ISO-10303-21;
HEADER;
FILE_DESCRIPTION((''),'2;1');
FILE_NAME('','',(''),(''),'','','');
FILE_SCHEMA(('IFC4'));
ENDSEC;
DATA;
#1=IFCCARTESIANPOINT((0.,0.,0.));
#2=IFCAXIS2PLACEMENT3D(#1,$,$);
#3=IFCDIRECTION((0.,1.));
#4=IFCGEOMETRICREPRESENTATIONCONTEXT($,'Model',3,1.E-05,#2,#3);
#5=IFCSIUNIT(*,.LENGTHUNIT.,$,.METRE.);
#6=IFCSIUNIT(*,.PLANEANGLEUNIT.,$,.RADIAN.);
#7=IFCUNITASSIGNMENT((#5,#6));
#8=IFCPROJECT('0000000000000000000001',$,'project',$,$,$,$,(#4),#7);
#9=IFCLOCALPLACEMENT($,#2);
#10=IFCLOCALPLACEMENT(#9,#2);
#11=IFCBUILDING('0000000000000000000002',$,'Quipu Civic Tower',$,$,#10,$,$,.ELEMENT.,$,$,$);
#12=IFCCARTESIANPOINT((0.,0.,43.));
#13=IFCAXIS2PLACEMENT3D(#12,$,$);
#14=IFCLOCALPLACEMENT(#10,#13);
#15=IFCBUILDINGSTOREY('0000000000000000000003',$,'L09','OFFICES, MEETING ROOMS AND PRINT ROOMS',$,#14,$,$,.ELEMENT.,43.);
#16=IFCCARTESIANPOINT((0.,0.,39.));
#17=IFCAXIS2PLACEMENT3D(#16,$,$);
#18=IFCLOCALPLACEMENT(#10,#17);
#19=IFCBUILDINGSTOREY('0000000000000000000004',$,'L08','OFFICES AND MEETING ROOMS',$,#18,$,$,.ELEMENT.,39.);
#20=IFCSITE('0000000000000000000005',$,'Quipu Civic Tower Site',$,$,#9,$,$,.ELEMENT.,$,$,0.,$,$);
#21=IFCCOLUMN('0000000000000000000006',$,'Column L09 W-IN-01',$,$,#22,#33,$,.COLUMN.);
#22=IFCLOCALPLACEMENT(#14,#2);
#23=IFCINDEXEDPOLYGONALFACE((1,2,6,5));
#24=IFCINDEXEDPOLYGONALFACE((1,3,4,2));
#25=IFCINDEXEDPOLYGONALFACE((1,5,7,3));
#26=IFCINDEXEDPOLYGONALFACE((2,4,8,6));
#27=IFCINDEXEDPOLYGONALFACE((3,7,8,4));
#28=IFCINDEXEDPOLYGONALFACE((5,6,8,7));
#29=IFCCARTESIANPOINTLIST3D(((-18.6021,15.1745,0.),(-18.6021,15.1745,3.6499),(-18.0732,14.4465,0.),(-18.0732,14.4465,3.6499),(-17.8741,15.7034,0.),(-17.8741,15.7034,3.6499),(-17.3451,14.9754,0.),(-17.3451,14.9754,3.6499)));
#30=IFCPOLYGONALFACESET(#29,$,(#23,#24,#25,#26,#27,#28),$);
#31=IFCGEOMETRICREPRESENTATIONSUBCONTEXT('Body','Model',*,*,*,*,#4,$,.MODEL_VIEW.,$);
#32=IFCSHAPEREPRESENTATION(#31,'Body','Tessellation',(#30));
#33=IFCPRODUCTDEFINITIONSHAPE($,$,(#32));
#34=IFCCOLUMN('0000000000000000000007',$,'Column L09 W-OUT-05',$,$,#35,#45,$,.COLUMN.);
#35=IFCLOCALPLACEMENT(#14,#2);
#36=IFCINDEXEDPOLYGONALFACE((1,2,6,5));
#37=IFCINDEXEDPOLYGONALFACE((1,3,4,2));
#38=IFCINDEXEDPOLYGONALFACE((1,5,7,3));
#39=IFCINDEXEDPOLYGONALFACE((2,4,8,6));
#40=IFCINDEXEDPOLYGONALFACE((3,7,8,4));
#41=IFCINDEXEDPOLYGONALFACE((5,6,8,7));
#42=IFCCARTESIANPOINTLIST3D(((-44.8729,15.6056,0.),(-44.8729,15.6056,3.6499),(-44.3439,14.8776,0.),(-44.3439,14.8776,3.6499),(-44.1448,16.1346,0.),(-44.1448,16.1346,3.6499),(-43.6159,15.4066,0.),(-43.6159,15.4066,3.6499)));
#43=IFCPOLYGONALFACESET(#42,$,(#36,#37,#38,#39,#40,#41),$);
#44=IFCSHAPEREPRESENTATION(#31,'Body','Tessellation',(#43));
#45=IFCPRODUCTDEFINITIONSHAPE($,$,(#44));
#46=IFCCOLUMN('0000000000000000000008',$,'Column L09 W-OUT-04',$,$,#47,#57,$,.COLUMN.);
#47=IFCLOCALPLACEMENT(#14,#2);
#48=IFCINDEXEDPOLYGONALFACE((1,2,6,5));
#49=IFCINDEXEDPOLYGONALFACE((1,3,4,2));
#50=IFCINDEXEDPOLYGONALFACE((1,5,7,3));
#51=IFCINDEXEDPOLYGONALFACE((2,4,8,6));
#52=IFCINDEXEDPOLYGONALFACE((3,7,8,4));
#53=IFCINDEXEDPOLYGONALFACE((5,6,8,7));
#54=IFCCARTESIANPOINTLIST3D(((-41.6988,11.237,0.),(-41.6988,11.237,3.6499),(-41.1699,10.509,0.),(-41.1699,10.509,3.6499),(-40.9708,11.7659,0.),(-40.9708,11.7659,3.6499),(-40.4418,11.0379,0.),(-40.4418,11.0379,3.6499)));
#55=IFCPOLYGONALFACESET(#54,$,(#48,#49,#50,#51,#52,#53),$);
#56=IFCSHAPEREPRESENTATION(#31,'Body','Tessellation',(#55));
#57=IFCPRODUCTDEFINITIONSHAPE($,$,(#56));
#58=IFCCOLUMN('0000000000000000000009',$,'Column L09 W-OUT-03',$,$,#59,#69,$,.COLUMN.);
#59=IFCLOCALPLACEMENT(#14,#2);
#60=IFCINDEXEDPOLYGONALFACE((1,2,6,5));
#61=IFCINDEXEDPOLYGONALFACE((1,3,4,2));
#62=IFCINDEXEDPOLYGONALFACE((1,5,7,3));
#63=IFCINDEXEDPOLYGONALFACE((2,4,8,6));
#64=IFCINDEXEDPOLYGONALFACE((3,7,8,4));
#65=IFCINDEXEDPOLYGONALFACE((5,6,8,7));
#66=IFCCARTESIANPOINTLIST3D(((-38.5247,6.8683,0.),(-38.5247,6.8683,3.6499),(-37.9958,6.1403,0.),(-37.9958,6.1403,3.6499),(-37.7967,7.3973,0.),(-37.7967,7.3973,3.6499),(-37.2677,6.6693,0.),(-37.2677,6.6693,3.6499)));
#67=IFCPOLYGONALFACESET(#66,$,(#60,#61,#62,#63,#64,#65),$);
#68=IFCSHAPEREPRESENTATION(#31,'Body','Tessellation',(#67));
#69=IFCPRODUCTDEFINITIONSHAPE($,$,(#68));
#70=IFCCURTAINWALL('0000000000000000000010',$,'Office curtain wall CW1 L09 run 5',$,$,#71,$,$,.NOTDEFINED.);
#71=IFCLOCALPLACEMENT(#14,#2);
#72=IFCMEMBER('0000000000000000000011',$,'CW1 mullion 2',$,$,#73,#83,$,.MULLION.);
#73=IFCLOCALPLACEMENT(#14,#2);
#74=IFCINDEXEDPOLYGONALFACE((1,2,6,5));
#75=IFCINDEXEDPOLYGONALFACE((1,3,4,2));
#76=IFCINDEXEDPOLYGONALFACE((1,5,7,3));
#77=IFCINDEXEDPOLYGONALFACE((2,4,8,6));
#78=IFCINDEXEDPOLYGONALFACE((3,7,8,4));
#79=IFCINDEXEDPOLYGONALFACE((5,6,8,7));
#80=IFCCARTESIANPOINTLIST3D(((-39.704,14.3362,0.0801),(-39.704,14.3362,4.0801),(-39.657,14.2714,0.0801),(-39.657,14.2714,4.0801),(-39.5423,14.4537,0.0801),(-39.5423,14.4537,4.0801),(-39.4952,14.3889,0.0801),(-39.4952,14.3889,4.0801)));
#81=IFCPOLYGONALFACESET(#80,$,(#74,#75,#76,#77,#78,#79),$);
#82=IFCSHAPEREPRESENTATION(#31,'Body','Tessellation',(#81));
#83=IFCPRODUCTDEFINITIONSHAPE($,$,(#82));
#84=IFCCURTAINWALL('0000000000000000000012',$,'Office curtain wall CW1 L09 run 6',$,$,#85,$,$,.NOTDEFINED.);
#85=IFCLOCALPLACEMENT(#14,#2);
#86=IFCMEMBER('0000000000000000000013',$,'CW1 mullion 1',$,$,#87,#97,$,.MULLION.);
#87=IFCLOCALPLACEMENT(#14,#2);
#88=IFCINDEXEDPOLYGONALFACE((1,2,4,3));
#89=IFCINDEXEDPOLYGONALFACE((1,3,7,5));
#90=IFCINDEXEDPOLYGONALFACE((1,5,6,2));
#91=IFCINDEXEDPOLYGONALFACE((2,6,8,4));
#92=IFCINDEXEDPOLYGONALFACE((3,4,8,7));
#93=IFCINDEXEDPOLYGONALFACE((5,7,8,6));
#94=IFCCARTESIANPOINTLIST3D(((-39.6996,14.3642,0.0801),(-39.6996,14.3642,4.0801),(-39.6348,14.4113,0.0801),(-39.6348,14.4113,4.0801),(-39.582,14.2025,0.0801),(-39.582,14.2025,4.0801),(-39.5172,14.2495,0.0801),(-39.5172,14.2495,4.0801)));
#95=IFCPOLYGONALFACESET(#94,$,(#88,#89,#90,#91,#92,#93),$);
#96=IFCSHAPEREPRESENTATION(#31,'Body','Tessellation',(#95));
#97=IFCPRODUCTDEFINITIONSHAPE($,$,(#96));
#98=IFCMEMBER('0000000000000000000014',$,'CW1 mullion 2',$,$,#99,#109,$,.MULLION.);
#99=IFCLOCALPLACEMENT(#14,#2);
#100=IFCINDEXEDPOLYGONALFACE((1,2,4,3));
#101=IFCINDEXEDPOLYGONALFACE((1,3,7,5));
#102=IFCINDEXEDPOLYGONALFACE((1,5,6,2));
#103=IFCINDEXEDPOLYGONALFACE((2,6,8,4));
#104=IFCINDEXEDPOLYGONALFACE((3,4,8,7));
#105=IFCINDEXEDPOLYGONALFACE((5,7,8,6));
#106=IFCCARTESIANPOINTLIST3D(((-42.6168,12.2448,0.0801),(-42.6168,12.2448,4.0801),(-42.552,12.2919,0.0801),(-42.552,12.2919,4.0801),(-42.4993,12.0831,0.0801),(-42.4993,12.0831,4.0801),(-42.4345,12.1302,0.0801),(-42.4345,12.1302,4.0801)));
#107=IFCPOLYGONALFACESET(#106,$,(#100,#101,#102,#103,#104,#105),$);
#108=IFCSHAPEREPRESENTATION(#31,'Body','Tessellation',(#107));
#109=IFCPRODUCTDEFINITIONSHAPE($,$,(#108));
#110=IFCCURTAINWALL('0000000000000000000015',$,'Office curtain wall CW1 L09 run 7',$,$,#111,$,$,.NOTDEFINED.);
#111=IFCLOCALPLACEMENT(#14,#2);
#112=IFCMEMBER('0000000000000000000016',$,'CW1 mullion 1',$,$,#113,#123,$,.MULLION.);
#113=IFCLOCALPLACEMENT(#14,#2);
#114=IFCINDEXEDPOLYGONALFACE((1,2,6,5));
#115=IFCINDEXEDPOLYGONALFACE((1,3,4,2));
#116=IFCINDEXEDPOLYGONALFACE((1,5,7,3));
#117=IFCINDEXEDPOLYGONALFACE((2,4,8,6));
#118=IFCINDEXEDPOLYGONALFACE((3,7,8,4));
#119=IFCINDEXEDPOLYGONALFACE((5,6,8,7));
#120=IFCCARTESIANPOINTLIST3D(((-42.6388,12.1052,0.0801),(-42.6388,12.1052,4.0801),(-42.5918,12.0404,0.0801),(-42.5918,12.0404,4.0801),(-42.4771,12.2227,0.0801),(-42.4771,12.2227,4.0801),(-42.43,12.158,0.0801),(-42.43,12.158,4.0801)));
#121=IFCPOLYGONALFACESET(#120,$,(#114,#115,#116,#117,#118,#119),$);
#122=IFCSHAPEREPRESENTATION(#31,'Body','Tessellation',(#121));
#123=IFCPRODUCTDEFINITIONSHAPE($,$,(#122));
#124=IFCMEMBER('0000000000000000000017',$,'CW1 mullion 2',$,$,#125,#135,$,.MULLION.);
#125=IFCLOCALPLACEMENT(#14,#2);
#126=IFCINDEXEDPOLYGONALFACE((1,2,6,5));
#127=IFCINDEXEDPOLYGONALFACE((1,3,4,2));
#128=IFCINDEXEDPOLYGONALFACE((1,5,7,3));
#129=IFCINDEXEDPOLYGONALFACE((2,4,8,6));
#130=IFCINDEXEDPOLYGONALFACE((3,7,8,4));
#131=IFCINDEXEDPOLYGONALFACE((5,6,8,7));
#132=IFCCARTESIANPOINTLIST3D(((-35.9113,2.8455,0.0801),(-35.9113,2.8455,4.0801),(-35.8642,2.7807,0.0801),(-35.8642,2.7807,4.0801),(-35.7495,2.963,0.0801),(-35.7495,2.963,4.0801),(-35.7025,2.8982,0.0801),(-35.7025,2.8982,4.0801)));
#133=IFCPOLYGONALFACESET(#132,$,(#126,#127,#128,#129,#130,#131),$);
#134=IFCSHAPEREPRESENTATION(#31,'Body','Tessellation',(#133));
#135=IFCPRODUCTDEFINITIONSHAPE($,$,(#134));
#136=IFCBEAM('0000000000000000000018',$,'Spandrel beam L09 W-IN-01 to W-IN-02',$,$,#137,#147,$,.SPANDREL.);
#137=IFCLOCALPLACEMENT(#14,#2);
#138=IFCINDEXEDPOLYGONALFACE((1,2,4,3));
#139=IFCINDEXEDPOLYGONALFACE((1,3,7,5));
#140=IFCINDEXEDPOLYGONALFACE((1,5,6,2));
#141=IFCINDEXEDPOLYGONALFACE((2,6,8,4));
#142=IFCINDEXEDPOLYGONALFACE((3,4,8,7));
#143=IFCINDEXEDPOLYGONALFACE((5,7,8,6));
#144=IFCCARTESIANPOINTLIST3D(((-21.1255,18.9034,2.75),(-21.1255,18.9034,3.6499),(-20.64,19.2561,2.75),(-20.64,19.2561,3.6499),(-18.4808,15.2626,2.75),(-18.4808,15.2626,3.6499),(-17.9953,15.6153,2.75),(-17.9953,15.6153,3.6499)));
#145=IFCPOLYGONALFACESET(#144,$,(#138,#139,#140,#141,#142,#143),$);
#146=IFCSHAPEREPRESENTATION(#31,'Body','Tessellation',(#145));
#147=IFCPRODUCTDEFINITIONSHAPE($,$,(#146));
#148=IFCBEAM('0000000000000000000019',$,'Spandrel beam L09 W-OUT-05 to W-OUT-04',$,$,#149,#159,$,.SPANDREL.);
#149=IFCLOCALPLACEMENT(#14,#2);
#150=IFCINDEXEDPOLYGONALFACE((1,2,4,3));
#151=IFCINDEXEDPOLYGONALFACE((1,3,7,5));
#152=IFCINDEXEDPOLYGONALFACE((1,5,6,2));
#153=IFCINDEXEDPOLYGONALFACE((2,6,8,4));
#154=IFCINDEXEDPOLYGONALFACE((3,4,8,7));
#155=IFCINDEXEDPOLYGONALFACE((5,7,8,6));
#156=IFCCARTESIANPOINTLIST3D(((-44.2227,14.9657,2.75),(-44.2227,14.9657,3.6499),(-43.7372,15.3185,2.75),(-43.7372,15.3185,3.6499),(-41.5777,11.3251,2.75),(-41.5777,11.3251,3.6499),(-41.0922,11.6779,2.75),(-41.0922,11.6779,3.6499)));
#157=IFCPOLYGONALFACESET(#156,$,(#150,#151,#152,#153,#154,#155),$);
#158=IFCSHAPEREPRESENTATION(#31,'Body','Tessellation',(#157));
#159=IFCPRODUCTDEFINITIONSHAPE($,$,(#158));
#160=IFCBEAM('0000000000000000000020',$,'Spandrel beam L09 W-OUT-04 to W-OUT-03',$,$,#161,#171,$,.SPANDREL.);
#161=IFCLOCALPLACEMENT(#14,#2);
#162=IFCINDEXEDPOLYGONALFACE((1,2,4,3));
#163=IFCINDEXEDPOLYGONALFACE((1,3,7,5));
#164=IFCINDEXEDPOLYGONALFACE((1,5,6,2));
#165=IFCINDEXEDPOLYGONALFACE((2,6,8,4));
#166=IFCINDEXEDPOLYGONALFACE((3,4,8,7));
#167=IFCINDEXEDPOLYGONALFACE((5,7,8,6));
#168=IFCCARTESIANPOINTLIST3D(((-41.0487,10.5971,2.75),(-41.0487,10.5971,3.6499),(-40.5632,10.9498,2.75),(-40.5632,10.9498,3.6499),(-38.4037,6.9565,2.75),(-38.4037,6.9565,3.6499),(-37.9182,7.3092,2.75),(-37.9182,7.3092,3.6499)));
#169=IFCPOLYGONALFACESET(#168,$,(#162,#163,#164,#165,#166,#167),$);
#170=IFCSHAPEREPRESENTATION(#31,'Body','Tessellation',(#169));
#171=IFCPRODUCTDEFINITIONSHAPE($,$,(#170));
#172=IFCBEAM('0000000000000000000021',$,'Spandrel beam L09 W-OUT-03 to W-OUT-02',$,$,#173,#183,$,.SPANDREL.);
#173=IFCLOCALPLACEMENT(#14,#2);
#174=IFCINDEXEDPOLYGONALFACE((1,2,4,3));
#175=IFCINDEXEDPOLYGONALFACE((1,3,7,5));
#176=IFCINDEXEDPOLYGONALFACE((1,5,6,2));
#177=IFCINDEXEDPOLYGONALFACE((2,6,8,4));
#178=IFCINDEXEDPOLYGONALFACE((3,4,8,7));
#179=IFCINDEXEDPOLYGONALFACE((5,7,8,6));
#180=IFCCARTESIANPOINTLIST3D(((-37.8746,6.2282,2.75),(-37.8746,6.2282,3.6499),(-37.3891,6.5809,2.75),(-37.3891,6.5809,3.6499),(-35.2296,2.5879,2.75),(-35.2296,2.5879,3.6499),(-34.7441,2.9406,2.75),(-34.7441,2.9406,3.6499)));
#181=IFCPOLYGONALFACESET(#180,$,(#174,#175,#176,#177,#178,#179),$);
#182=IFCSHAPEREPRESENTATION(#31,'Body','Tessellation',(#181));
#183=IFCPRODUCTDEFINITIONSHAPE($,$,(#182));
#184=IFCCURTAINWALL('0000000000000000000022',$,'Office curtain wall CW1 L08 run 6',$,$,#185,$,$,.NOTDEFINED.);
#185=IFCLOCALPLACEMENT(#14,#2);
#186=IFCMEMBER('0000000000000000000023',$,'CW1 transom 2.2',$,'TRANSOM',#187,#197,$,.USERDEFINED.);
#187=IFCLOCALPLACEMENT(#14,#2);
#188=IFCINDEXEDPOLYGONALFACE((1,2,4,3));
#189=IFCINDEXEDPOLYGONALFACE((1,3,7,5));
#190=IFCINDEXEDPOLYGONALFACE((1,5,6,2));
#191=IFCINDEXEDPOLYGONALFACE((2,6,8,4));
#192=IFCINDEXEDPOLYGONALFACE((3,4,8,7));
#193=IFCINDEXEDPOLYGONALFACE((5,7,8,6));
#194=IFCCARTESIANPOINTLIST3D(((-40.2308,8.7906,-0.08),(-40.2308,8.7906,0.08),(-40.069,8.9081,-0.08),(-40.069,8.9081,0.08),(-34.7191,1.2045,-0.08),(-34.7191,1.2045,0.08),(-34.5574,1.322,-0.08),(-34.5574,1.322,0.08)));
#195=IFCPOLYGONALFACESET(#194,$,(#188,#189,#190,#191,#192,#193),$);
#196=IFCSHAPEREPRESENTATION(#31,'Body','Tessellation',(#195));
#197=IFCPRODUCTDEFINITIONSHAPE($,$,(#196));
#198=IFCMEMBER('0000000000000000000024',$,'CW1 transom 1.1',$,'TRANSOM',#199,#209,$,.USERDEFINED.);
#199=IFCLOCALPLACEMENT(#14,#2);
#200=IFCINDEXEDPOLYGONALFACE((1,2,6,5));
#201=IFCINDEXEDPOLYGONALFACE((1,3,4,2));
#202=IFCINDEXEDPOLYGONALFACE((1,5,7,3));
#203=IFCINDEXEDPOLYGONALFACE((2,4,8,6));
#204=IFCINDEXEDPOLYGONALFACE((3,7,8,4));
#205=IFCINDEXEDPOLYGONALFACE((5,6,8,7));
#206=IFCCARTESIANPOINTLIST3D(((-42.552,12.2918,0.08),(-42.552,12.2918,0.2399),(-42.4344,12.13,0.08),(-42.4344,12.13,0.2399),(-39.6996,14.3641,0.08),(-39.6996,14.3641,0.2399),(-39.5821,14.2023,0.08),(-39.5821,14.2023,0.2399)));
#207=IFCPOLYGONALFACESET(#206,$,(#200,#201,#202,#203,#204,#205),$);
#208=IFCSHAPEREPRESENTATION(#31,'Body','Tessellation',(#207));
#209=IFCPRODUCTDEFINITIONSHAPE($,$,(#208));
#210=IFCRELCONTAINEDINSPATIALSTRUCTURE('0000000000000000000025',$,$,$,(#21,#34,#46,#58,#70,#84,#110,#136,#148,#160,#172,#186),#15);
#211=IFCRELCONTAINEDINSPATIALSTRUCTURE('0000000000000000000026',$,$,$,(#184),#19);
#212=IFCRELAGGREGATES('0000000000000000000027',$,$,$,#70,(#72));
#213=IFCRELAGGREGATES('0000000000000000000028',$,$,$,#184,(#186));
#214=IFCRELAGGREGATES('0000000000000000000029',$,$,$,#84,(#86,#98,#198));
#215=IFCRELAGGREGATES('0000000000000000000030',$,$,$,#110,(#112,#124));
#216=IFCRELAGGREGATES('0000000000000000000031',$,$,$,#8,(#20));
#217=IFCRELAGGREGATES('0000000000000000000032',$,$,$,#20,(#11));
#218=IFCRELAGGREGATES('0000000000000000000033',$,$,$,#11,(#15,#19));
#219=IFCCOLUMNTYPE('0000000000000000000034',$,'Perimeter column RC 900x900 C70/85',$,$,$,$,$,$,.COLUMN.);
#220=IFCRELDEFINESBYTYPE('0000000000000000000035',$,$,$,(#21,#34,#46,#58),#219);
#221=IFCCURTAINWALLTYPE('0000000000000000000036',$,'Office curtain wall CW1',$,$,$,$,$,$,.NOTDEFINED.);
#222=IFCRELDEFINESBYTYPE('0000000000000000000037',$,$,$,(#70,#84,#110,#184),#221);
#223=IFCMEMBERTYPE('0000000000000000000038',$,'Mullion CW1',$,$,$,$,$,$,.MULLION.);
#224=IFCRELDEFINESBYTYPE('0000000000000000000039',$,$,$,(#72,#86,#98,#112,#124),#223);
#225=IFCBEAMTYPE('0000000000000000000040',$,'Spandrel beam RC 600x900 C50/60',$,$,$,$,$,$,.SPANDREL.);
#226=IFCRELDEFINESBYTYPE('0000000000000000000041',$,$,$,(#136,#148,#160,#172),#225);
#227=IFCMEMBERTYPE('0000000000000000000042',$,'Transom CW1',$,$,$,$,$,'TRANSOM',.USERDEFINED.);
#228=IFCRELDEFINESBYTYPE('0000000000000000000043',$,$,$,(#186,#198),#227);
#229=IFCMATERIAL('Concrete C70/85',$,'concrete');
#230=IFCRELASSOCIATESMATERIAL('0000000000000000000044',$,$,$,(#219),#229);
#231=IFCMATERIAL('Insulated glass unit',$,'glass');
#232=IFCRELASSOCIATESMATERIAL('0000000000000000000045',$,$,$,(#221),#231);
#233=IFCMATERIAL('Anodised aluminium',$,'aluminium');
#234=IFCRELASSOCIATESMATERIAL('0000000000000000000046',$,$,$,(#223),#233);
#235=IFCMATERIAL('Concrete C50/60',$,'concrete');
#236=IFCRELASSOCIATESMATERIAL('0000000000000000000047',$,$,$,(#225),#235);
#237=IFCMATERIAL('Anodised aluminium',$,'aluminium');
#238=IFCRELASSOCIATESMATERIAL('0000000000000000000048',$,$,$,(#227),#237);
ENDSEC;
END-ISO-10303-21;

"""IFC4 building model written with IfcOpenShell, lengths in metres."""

from ifc_helpers import new_model, si_unit, direction, frame, origin, origin_2d, place, context, subcontext, project, spatial, rectangle, extrude, material, material_profile, profile_set, type_object, element, aggregate, save


model = new_model("IFC4")

# Units and contexts
model_context = context("Model", 3, precision=1e-05, world=origin(), true_north=direction((0.0, 1.0)))
body_context = subcontext(model_context, "Body", "Model", "MODEL_VIEW")
ifc_project = project(units=[si_unit("LENGTHUNIT", "METRE"), si_unit("PLANEANGLEUNIT", "RADIAN")], contexts=[model_context])

# Site, building, storey
site_placement = place(None, origin())
site = spatial("IfcSite", under=ifc_project, at=site_placement, Name="Quipu Civic Tower Site", CompositionType="ELEMENT", RefElevation=0.0)
building_placement = place(site_placement, origin())
building = spatial("IfcBuilding", under=site, at=building_placement, Name="Quipu Civic Tower", CompositionType="ELEMENT")
storey_1_placement = place(building_placement, frame((0.0, 0.0, 43.0)))
storey_1 = spatial("IfcBuildingStorey", under=building, at=storey_1_placement, Name="L09", Description="OFFICES, MEETING ROOMS AND PRINT ROOMS", CompositionType="ELEMENT", Elevation=43.0)

# Columns
ifc_material_1 = material(Name="Concrete C70/85", Category="concrete")
ifc_material_profile_1 = material_profile(ifc_material_1, rectangle(XDim=0.8999, YDim=0.8999, at=origin_2d()), Name="RC900x900")
ifc_profile_set_1 = profile_set([ifc_material_profile_1], Name="Concrete C70/85")
column_type = type_object("IfcColumnType", Name="Perimeter column RC 900x900 C70/85", PredefinedType="COLUMN", material=ifc_profile_set_1)
for number, where, z_axis, x_axis, name in (
    (1, (-17.9736, 15.075, 0.0), (0.0, 0.0, 1.0), (-0.587785, 0.809017, 0.0), "Column L09 W-IN-01"),
    (2, (-44.2444, 15.5061, 0.0), (0.0, 0.0, 1.0), (0.587785, -0.809017, 0.0), "Column L09 W-OUT-05"),
    (3, (-41.0703, 11.1375, 0.0), (0.0, 0.0, 1.0), (0.587785, -0.809017, 0.0), "Column L09 W-OUT-04"),
    (4, (-37.8962, 6.7688, 0.0), (0.0, 0.0, 1.0), (0.587785, -0.809017, 0.0), "Column L09 W-OUT-03"),
):
    element("IfcColumn", number, at=place(storey_1_placement, frame(where, z_axis=z_axis, x_axis=x_axis)), inside=storey_1, type_object=column_type, Name=name, PredefinedType="COLUMN", context=body_context, shape_type="SweptSolid", body=[
        extrude(rectangle(XDim=0.8999, YDim=0.8999, at=origin_2d()), origin(), (0.0, 0.0, 1.0), 3.6499),
    ])

# Curtain wall, member
ifc_material_2 = material(Name="Insulated glass unit", Category="glass")
curtain_wall_type = type_object("IfcCurtainWallType", Name="Office curtain wall CW1", PredefinedType="NOTDEFINED", material=ifc_material_2)
curtain_wall_1_placement = place(storey_1_placement, origin())
curtain_wall_1 = element("IfcCurtainWall", 5, at=curtain_wall_1_placement, inside=storey_1, type_object=curtain_wall_type, Name="Office curtain wall CW1 L09 run 5", PredefinedType="NOTDEFINED")
ifc_material_3 = material(Name="Anodised aluminium", Category="aluminium")
ifc_material_profile_2 = material_profile(ifc_material_3, rectangle(XDim=0.2, YDim=0.0801, at=origin_2d()), Name="RECT 200x80")
ifc_profile_set_2 = profile_set([ifc_material_profile_2], Name="Anodised aluminium")
member_type_1 = type_object("IfcMemberType", Name="Mullion CW1", PredefinedType="MULLION", material=ifc_profile_set_2)
member_1_placement = place(storey_1_placement, frame((-39.5996, 14.3625, 0.0801), z_axis=(0.0, 0.0, 1.0), x_axis=(0.809015, 0.587789, 0.0)))
member_1 = element("IfcMember", 6, at=member_1_placement, type_object=member_type_1, Name="CW1 mullion 2", PredefinedType="MULLION", context=body_context, shape_type="SweptSolid", body=[
    extrude(rectangle(XDim=0.2, YDim=0.0801, at=origin_2d()), origin(), (0.0, 0.0, 1.0), 4.0),
])
aggregate(curtain_wall_1, [member_1])

# Curtain walls, members
curtain_wall_2_placement = place(storey_1_placement, origin())
curtain_wall_2 = element("IfcCurtainWall", 7, at=curtain_wall_2_placement, inside=storey_1, type_object=curtain_wall_type, Name="Office curtain wall CW1 L09 run 6", PredefinedType="NOTDEFINED")
member_2_placement = place(storey_1_placement, frame((-39.6084, 14.3069, 0.0801), z_axis=(0.0, 0.0, 1.0), x_axis=(0.587784, -0.809018, 0.0)))
member_2 = element("IfcMember", 8, at=member_2_placement, type_object=member_type_1, Name="CW1 mullion 1", PredefinedType="MULLION", context=body_context, shape_type="SweptSolid", body=[
    extrude(rectangle(XDim=0.2, YDim=0.0801, at=origin_2d()), origin(), (0.0, 0.0, 1.0), 4.0),
])
member_3_placement = place(storey_1_placement, frame((-42.5256, 12.1875, 0.0801), z_axis=(0.0, 0.0, 1.0), x_axis=(0.587784, -0.809018, 0.0)))
member_3 = element("IfcMember", 9, at=member_3_placement, type_object=member_type_1, Name="CW1 mullion 2", PredefinedType="MULLION", context=body_context, shape_type="SweptSolid", body=[
    extrude(rectangle(XDim=0.2, YDim=0.0801, at=origin_2d()), origin(), (0.0, 0.0, 1.0), 4.0),
])
curtain_wall_3_placement = place(storey_1_placement, origin())
curtain_wall_3 = element("IfcCurtainWall", 10, at=curtain_wall_3_placement, inside=storey_1, type_object=curtain_wall_type, Name="Office curtain wall CW1 L09 run 7", PredefinedType="NOTDEFINED")
member_4_placement = place(storey_1_placement, frame((-42.5344, 12.1316, 0.0801), z_axis=(0.0, 0.0, 1.0), x_axis=(0.809018, 0.587783, 0.0)))
member_4 = element("IfcMember", 11, at=member_4_placement, type_object=member_type_1, Name="CW1 mullion 1", PredefinedType="MULLION", context=body_context, shape_type="SweptSolid", body=[
    extrude(rectangle(XDim=0.2, YDim=0.0801, at=origin_2d()), origin(), (0.0, 0.0, 1.0), 4.0),
])
member_5_placement = place(storey_1_placement, frame((-35.8069, 2.8718, 0.0801), z_axis=(0.0, 0.0, 1.0), x_axis=(0.809018, 0.587783, 0.0)))
member_5 = element("IfcMember", 12, at=member_5_placement, type_object=member_type_1, Name="CW1 mullion 2", PredefinedType="MULLION", context=body_context, shape_type="SweptSolid", body=[
    extrude(rectangle(XDim=0.2, YDim=0.0801, at=origin_2d()), origin(), (0.0, 0.0, 1.0), 4.0),
])

# Beams
ifc_material_4 = material(Name="Concrete C50/60", Category="concrete")
ifc_material_profile_3 = material_profile(ifc_material_4, rectangle(XDim=0.6001, YDim=0.8999, at=origin_2d()), Name="RC600x900")
ifc_profile_set_3 = profile_set([ifc_material_profile_3], Name="Concrete C50/60")
beam_type = type_object("IfcBeamType", Name="Spandrel beam RC 600x900 C50/60", PredefinedType="SPANDREL", material=ifc_profile_set_3)
for number, where, z_axis, x_axis, name in (
    (13, (-18.238, 15.439, 3.2), (-0.587717, 0.809067, 0.0), (-0.809067, -0.587717, 0.0), "Spandrel beam L09 W-IN-01 to W-IN-02"),
    (14, (-43.98, 15.1421, 3.2), (0.587778, -0.809022, 0.0), (0.809022, 0.587778, 0.0), "Spandrel beam L09 W-OUT-05 to W-OUT-04"),
    (15, (-40.8059, 10.7734, 3.2), (0.587778, -0.809022, 0.0), (0.809022, 0.587778, 0.0), "Spandrel beam L09 W-OUT-04 to W-OUT-03"),
):
    element("IfcBeam", number, at=place(storey_1_placement, frame(where, z_axis=z_axis, x_axis=x_axis)), inside=storey_1, type_object=beam_type, Name=name, PredefinedType="SPANDREL", context=body_context, shape_type="SweptSolid", body=[
        extrude(rectangle(XDim=0.6001, YDim=0.8999, at=origin_2d()), origin(), (0.0, 0.0, 1.0), 4.5),
    ])
beam_placement = place(storey_1_placement, frame((-37.6318, 6.4045, 3.2), z_axis=(0.587804, -0.809003, 0.0), x_axis=(0.809003, 0.587804, 0.0)))
element("IfcBeam", 16, at=beam_placement, inside=storey_1, type_object=beam_type, Name="Spandrel beam L09 W-OUT-03 to W-OUT-02", PredefinedType="SPANDREL", context=body_context, shape_type="SweptSolid", body=[
    extrude(rectangle(XDim=0.6001, YDim=0.8999, at=origin_2d()), origin(), (0.0, 0.0, 1.0), 4.4998),
])

# Shared definitions
storey_2_placement = place(building_placement, frame((0.0, 0.0, 39.0)))
storey_2 = spatial("IfcBuildingStorey", under=building, at=storey_2_placement, Name="L08", Description="OFFICES AND MEETING ROOMS", CompositionType="ELEMENT", Elevation=39.0)

# Curtain wall, member
curtain_wall_4_placement = place(storey_2_placement, origin())
curtain_wall_4 = element("IfcCurtainWall", 17, at=curtain_wall_4_placement, inside=storey_2, type_object=curtain_wall_type, Name="Office curtain wall CW1 L08 run 6", PredefinedType="NOTDEFINED")
ifc_material_5 = material(Name="Anodised aluminium", Category="aluminium")
ifc_material_profile_4 = material_profile(ifc_material_5, rectangle(XDim=0.2, YDim=0.1599, at=origin_2d()), Name="RECT 200x160")
ifc_profile_set_4 = profile_set([ifc_material_profile_4], Name="Anodised aluminium")
member_type_2 = type_object("IfcMemberType", Name="Transom CW1", ElementType="TRANSOM", PredefinedType="USERDEFINED", material=ifc_profile_set_4)
member_6_placement = place(storey_1_placement, frame((-40.1499, 8.8494, 0.0), z_axis=(0.587788, -0.809015, 0.0), x_axis=(0.809015, 0.587788, 0.0)))
member_6 = element("IfcMember", 18, at=member_6_placement, inside=storey_1, type_object=member_type_2, Name="CW1 transom 2.2", ObjectType="TRANSOM", PredefinedType="USERDEFINED", context=body_context, shape_type="SweptSolid", body=[
    extrude(rectangle(XDim=0.2, YDim=0.1599, at=origin_2d()), origin(), (0.0, 0.0, 1.0), 9.377),
])
aggregate(curtain_wall_4, [member_6])

# Member
member_7_placement = place(storey_1_placement, frame((-39.6409, 14.2832, 0.1599), z_axis=(-0.809023, -0.587776, 0.0), x_axis=(0.587776, -0.809023, 0.0)))
member_7 = element("IfcMember", 19, at=member_7_placement, type_object=member_type_2, Name="CW1 transom 1.1", ObjectType="TRANSOM", PredefinedType="USERDEFINED", context=body_context, shape_type="SweptSolid", body=[
    extrude(rectangle(XDim=0.2, YDim=0.1599, at=origin_2d()), origin(), (0.0, 0.0, 1.0), 3.5256),
])

aggregate(curtain_wall_2, [member_2, member_3, member_7])
aggregate(curtain_wall_3, [member_4, member_5])

save(model, "model.ifc")
